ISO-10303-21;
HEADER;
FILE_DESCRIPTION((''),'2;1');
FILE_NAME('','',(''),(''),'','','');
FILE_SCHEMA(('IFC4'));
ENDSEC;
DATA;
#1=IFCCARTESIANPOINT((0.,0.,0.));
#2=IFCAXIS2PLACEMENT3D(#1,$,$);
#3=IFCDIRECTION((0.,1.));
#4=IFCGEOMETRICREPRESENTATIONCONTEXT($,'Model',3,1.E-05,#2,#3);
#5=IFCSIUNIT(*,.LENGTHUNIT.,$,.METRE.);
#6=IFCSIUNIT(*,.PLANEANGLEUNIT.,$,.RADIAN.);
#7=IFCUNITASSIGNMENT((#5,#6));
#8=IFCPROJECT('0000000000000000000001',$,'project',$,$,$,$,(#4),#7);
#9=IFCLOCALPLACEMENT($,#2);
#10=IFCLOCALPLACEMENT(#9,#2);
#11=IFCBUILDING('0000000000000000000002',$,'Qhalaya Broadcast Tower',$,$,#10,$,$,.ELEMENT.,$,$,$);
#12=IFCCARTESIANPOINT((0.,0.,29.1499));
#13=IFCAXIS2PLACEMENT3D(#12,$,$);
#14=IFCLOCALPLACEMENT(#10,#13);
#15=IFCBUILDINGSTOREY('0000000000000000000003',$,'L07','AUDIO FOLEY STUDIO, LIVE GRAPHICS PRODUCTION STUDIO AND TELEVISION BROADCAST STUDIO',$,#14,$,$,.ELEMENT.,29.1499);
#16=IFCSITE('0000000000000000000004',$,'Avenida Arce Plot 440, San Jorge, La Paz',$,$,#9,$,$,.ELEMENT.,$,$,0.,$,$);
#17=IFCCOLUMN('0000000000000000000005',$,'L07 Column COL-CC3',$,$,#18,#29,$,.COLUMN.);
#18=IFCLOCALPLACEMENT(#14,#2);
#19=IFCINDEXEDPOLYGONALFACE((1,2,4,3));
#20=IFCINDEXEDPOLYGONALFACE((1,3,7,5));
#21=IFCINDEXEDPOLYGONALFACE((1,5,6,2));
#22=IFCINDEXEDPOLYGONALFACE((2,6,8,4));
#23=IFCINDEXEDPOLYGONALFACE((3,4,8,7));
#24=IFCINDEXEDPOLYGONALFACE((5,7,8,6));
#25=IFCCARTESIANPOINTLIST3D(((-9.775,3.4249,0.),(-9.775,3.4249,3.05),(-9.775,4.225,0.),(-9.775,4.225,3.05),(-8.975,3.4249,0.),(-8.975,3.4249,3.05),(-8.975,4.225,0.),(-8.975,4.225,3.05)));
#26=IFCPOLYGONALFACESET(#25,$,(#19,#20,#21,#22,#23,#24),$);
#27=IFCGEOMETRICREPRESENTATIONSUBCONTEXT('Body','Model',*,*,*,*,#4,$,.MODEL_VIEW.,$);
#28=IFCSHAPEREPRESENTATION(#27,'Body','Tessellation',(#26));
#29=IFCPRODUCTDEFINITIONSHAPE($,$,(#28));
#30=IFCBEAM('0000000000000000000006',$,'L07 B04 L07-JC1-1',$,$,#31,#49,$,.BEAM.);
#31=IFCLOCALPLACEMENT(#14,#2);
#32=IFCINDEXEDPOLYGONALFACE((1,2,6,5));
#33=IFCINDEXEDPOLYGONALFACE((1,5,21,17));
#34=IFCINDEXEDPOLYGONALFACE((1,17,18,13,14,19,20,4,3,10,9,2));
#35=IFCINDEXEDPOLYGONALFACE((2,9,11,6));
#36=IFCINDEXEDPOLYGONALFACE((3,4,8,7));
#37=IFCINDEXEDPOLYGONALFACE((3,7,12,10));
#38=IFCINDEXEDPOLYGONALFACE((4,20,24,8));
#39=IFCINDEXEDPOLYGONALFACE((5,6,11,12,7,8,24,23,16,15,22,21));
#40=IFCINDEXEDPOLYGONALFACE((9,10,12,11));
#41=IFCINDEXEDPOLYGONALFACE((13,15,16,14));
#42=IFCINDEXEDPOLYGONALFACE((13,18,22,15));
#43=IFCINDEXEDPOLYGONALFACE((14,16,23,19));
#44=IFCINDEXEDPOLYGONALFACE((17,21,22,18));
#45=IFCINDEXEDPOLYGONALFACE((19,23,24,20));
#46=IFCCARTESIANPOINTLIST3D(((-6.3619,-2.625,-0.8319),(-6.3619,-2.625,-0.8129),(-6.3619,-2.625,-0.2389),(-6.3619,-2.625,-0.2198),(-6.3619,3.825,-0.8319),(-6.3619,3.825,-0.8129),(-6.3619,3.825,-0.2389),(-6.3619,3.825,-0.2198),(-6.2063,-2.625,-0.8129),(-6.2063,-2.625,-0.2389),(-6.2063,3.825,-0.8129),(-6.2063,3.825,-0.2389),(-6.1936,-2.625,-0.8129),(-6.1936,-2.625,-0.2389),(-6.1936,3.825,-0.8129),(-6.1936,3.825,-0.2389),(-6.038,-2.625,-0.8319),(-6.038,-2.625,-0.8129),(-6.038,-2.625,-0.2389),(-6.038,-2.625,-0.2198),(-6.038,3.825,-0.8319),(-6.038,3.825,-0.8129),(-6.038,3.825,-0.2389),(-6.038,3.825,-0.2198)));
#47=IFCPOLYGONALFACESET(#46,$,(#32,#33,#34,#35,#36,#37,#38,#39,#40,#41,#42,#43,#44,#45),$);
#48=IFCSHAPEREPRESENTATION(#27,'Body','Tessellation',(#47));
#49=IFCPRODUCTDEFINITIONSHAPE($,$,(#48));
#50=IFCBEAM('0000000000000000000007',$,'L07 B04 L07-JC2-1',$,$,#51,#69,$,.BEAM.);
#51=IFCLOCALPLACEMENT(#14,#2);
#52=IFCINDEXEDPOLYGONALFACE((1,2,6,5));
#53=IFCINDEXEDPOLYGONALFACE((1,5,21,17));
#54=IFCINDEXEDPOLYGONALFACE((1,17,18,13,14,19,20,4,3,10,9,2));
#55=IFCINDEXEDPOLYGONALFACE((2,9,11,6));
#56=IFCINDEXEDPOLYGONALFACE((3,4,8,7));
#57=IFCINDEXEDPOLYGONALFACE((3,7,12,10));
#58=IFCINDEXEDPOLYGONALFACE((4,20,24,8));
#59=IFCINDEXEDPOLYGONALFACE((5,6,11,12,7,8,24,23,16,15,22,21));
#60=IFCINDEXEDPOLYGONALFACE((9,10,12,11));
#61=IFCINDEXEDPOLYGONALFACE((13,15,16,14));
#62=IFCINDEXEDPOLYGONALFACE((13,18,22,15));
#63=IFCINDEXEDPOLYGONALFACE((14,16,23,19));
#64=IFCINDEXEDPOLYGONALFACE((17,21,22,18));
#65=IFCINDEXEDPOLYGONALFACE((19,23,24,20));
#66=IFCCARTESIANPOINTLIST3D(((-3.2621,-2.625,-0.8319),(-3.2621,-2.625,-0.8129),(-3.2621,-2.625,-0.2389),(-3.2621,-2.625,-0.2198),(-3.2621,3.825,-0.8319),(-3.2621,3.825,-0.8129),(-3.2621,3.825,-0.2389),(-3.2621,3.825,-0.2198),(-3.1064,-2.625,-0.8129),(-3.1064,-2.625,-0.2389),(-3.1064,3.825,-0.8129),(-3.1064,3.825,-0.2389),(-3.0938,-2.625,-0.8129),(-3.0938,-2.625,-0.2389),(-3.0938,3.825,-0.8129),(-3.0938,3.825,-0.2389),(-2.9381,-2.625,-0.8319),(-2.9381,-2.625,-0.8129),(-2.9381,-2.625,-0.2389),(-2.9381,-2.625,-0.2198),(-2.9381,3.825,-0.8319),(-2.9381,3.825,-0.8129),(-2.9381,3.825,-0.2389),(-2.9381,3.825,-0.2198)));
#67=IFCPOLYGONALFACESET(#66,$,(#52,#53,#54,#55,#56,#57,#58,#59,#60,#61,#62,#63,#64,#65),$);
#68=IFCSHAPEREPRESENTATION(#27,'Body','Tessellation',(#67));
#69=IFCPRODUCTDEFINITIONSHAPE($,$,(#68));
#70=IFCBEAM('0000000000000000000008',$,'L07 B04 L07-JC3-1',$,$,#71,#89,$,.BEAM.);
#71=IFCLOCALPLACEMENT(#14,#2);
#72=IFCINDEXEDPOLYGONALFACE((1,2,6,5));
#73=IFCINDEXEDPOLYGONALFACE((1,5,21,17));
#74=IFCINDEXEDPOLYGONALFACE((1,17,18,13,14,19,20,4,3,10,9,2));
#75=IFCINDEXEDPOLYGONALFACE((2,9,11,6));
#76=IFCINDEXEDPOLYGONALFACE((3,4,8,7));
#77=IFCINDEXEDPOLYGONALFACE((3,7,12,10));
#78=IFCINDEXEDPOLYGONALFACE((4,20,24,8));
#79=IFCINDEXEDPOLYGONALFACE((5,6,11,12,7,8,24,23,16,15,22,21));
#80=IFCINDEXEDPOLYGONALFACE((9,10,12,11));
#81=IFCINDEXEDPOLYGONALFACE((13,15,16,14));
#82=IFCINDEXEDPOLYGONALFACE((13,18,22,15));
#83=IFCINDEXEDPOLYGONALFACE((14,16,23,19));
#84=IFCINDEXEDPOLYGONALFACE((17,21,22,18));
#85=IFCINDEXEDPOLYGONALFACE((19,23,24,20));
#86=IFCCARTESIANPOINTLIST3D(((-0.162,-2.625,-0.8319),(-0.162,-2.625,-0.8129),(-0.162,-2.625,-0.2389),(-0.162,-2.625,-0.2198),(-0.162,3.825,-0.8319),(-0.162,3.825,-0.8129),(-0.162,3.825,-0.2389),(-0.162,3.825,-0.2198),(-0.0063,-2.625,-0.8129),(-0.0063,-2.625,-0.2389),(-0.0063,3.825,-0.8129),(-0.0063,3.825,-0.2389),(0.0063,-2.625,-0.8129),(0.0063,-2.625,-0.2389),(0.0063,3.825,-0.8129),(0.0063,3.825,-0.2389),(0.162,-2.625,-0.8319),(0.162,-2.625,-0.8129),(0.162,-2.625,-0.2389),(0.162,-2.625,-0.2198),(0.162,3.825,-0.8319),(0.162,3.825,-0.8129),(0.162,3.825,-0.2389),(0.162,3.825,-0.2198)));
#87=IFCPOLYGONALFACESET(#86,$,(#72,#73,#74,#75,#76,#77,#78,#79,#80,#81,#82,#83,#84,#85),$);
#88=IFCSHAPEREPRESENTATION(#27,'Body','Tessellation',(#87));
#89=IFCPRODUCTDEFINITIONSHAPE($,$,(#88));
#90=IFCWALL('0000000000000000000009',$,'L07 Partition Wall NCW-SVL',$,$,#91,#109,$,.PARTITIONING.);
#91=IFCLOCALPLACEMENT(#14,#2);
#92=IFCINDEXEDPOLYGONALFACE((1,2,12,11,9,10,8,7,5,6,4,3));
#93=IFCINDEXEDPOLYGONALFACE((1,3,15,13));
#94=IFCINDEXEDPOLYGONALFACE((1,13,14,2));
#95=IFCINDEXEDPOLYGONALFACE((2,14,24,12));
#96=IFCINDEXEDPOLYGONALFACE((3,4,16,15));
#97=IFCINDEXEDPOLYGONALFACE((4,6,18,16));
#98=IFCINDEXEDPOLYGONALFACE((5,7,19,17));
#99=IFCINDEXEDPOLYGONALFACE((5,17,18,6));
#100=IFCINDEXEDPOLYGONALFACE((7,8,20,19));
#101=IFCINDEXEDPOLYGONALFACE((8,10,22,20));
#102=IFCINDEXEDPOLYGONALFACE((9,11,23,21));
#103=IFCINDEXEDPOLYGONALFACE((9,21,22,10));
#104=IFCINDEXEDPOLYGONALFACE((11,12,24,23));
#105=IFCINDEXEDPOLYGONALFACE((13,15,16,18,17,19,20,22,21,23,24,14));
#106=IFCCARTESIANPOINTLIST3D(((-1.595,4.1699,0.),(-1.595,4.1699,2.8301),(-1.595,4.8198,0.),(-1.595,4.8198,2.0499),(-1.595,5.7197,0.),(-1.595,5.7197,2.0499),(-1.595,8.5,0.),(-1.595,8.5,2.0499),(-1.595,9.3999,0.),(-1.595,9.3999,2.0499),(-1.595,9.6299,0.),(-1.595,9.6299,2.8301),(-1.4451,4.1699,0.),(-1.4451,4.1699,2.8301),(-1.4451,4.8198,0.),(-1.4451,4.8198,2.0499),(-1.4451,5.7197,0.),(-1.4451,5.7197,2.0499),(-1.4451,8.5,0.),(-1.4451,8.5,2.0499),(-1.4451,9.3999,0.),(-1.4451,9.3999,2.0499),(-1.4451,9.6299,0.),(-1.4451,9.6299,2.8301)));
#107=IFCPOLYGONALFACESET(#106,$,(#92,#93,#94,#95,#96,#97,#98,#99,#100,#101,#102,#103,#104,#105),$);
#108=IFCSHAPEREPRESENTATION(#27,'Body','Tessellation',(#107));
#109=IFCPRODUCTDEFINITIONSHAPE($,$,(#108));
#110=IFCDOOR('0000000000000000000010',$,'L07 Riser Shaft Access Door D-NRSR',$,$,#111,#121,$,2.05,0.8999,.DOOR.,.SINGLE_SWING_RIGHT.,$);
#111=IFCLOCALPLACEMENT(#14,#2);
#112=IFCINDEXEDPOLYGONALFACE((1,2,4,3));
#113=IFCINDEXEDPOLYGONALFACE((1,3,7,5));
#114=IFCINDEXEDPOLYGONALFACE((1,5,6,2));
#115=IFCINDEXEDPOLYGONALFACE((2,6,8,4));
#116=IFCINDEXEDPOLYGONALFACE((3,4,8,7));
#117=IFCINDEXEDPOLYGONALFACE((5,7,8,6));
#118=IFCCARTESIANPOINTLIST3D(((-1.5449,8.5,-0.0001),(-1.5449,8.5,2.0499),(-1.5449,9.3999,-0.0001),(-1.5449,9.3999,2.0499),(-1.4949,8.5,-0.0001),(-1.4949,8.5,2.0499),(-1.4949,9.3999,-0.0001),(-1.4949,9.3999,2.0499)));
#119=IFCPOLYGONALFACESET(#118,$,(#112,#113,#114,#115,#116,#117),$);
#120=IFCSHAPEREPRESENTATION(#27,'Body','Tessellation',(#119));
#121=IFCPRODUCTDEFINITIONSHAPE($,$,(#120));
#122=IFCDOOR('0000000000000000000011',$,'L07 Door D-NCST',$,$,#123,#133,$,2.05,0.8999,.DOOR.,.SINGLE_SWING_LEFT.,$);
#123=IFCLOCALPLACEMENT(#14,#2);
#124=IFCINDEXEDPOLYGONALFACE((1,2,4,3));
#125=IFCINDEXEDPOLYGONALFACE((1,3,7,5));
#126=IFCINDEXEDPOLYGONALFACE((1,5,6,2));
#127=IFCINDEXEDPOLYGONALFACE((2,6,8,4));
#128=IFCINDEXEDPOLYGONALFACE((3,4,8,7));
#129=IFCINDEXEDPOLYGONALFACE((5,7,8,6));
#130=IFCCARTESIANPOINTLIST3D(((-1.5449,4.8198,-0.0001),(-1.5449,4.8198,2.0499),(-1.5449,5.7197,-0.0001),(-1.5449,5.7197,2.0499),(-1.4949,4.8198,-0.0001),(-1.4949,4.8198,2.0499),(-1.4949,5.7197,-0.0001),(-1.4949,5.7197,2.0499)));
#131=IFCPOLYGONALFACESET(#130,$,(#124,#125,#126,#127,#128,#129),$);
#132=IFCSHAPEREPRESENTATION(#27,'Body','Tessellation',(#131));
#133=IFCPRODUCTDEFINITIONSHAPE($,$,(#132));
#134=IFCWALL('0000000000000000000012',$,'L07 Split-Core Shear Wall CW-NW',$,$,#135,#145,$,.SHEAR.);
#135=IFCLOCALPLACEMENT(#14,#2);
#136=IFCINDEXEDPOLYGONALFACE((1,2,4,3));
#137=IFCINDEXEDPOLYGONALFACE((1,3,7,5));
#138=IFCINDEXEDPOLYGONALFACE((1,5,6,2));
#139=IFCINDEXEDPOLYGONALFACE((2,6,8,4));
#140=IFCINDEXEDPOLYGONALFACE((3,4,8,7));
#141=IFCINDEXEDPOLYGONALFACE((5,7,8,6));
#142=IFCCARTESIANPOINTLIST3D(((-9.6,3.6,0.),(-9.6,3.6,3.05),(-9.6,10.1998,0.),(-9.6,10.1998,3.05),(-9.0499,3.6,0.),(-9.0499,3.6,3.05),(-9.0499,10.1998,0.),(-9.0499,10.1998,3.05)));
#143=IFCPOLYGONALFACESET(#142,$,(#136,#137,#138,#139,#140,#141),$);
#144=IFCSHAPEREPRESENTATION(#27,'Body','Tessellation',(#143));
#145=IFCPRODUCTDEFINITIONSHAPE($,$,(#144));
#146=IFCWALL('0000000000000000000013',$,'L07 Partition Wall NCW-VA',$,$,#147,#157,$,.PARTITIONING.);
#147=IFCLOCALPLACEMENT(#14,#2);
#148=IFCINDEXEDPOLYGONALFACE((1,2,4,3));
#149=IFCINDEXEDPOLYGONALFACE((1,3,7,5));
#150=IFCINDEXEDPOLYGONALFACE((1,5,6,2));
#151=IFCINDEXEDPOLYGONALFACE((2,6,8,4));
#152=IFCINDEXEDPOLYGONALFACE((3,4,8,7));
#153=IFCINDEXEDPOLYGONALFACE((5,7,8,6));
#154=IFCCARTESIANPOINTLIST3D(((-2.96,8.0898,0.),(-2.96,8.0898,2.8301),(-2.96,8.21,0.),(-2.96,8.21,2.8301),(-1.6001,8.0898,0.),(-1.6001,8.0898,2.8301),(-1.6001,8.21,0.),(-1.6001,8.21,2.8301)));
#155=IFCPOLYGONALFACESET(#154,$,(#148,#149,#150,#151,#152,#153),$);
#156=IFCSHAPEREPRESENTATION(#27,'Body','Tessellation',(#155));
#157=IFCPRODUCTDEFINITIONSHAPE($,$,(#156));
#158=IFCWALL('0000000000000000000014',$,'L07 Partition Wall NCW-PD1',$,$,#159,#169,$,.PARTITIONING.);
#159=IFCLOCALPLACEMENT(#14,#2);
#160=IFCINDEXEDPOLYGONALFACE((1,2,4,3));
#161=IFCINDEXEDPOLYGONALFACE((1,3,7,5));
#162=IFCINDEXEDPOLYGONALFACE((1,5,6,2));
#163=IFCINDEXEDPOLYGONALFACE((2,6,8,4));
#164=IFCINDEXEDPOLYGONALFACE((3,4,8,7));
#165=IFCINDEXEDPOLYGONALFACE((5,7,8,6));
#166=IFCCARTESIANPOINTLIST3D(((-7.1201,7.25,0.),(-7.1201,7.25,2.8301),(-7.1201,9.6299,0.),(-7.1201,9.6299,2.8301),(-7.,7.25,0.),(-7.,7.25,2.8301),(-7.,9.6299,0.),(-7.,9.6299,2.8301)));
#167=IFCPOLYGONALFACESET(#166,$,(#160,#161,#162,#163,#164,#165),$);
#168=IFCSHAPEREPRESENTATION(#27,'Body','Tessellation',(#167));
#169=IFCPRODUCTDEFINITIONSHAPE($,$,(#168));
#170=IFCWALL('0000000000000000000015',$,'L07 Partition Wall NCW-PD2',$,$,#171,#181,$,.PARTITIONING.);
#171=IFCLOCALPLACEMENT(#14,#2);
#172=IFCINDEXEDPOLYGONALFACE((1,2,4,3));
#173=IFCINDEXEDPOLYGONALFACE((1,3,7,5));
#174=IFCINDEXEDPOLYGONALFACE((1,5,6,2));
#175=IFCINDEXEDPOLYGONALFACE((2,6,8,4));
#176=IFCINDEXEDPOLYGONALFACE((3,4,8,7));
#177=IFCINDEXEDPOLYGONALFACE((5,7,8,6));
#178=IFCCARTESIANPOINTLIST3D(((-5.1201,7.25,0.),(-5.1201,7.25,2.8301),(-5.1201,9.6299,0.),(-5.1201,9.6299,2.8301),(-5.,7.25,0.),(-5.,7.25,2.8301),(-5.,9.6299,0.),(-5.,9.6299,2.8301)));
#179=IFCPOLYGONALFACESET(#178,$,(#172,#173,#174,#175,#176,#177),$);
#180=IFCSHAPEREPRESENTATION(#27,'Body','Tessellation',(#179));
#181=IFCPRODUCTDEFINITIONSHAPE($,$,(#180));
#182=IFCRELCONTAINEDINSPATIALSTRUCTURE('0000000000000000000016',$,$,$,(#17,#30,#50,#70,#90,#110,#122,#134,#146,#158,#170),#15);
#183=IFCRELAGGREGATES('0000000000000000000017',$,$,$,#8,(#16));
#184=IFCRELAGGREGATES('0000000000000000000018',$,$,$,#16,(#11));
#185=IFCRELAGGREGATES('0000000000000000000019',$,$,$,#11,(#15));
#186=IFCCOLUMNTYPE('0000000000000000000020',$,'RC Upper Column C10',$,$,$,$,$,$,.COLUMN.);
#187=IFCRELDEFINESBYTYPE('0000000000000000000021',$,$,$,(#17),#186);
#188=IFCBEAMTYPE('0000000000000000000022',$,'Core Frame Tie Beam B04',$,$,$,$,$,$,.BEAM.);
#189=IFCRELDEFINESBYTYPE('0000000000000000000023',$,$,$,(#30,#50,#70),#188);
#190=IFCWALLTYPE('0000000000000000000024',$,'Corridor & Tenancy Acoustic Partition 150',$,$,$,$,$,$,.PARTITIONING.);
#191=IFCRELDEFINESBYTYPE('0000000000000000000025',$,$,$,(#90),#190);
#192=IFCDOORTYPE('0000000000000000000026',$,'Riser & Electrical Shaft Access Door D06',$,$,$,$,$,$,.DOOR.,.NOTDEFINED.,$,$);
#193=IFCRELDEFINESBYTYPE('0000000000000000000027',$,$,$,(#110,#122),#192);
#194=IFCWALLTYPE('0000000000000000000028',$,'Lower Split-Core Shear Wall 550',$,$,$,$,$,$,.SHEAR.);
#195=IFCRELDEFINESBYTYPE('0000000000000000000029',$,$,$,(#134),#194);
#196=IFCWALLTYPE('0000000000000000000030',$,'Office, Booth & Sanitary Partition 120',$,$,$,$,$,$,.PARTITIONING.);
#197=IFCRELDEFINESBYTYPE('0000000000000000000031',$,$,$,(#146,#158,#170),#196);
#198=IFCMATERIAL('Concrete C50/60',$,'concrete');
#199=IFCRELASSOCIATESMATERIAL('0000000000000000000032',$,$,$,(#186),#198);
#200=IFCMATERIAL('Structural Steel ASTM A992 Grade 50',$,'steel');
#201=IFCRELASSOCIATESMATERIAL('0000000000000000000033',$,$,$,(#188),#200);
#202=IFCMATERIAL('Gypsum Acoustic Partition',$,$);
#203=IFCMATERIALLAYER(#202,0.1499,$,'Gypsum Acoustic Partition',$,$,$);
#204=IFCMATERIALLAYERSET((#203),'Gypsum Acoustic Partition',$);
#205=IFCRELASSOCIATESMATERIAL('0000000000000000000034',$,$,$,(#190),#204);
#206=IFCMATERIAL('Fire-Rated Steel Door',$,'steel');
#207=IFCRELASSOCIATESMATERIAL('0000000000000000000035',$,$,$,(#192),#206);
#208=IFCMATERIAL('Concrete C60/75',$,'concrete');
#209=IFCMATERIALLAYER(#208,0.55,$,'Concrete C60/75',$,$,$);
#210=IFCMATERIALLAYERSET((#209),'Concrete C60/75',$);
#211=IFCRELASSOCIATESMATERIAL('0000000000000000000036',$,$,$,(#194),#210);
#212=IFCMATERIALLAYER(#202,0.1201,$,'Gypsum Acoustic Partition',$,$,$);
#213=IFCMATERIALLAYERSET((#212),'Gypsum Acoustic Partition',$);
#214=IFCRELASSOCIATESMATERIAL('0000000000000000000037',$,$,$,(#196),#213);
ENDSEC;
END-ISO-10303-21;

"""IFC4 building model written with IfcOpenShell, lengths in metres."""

from ifc_helpers import new_model, si_unit, direction, frame, frame_2d, origin, origin_2d, place, context, subcontext, project, spatial, rectangle, i_section, extrude, material, layer, layer_set, material_profile, profile_set, type_object, element, fill, save


model = new_model("IFC4")

# Units and contexts
model_context = context("Model", 3, precision=1e-05, world=origin(), true_north=direction((0.0, 1.0)))
body_context = subcontext(model_context, "Body", "Model", "MODEL_VIEW")
ifc_project = project(units=[si_unit("LENGTHUNIT", "METRE"), si_unit("PLANEANGLEUNIT", "RADIAN")], contexts=[model_context])

# Site, building, storey
site_placement = place(None, origin())
site = spatial("IfcSite", under=ifc_project, at=site_placement, Name="Avenida Arce Plot 440, San Jorge, La Paz", CompositionType="ELEMENT", RefElevation=0.0)
building_placement = place(site_placement, origin())
building = spatial("IfcBuilding", under=site, at=building_placement, Name="Qhalaya Broadcast Tower", CompositionType="ELEMENT")
storey_placement = place(building_placement, frame((0.0, 0.0, 29.1499)))
storey = spatial("IfcBuildingStorey", under=building, at=storey_placement, Name="L07", Description="AUDIO FOLEY STUDIO, LIVE GRAPHICS PRODUCTION STUDIO AND TELEVISION BROADCAST STUDIO", CompositionType="ELEMENT", Elevation=29.1499)

# Column
ifc_material_1 = material(Name="Concrete C50/60", Category="concrete")
ifc_material_profile_1 = material_profile(ifc_material_1, rectangle(XDim=0.8, YDim=0.8, at=origin_2d()), Name="RC-COL 800x800")
ifc_profile_set_1 = profile_set([ifc_material_profile_1], Name="Concrete C50/60")
column_type = type_object("IfcColumnType", Name="RC Upper Column C10", PredefinedType="COLUMN", material=ifc_profile_set_1)
column_placement = place(storey_placement, frame((-9.375, 3.825, 0.0), z_axis=(0.0, 0.0, 1.0), x_axis=(1.0, 0.0, 0.0)))
element("IfcColumn", 1, at=column_placement, inside=storey, type_object=column_type, Name="L07 Column COL-CC3", PredefinedType="COLUMN", context=body_context, shape_type="SweptSolid", body=[
    extrude(rectangle(XDim=0.8, YDim=0.8, at=origin_2d()), origin(), (0.0, 0.0, 1.0), 3.05),
])

# Beams
ifc_material_2 = material(Name="Structural Steel ASTM A992 Grade 50", Category="steel")
ifc_material_profile_2 = material_profile(ifc_material_2, i_section(OverallWidth=0.324, OverallDepth=0.6121, WebThickness=0.0127, FlangeThickness=0.019, at=origin_2d()), Name="W24X104")
ifc_profile_set_2 = profile_set([ifc_material_profile_2], Name="Structural Steel ASTM A992 Grade 50")
beam_type = type_object("IfcBeamType", Name="Core Frame Tie Beam B04", PredefinedType="BEAM", material=ifc_profile_set_2)
for number, where, z_axis, x_axis, name in (
    (2, (-6.2, -2.625, -0.5259), (0.0, 1.0, 0.0), (-1.0, 0.0, 0.0), "L07 B04 L07-JC1-1"),
    (3, (-3.1001, -2.625, -0.5259), (0.0, 1.0, 0.0), (-1.0, 0.0, 0.0), "L07 B04 L07-JC2-1"),
    (4, (0.0, -2.625, -0.5259), (0.0, 1.0, 0.0), (-1.0, 0.0, 0.0), "L07 B04 L07-JC3-1"),
):
    element("IfcBeam", number, at=place(storey_placement, frame(where, z_axis=z_axis, x_axis=x_axis)), inside=storey, type_object=beam_type, Name=name, PredefinedType="BEAM", context=body_context, shape_type="SweptSolid", body=[
        extrude(i_section(OverallWidth=0.324, OverallDepth=0.6121, WebThickness=0.0127, FlangeThickness=0.019, at=origin_2d()), origin(), (0.0, 0.0, 1.0), 6.45),
    ])

# Wall, openings, doors
ifc_material_3 = material(Name="Gypsum Acoustic Partition")
ifc_layer_1 = layer(ifc_material_3, 0.1499, Name="Gypsum Acoustic Partition")
ifc_layer_set_1 = layer_set([ifc_layer_1], Name="Gypsum Acoustic Partition")
wall_type_1 = type_object("IfcWallType", Name="Corridor & Tenancy Acoustic Partition 150", PredefinedType="PARTITIONING", material=ifc_layer_set_1)
wall_1_placement = place(storey_placement, frame((-1.52, 4.1699, 0.0), z_axis=(0.0, 0.0, 1.0), x_axis=(0.0, 1.0, 0.0)))
wall_1 = element("IfcWall", 5, at=wall_1_placement, inside=storey, type_object=wall_type_1, Name="L07 Partition Wall NCW-SVL", PredefinedType="PARTITIONING", context=body_context, shape_type="SweptSolid", body=[
    extrude(rectangle(XDim=5.46, YDim=0.1499, at=frame_2d((2.73, 0.0))), origin(), (0.0, 0.0, 1.0), 2.8301),
])
opening_1_placement = place(wall_1_placement, frame((4.3301, 0.0, 0.0)))
opening_1 = element("IfcOpeningElement", 6, at=opening_1_placement, cuts=wall_1, PredefinedType="OPENING", context=body_context, shape_type="SweptSolid", body=[
    extrude(rectangle(XDim=0.8999, YDim=2.05, at=frame_2d((0.45, 1.0249))), frame((0.0, 0.0869, 0.0), z_axis=(0.0, -1.0, 0.0), x_axis=(1.0, 0.0, 0.0)), (0.0, 0.0, 1.0), 0.1738),
])
opening_2_placement = place(wall_1_placement, frame((0.6499, 0.0, 0.0)))
opening_2 = element("IfcOpeningElement", 7, at=opening_2_placement, cuts=wall_1, PredefinedType="OPENING", context=body_context, shape_type="SweptSolid", body=[
    extrude(rectangle(XDim=0.8999, YDim=2.05, at=frame_2d((0.45, 1.0249))), frame((0.0, 0.0869, 0.0), z_axis=(0.0, -1.0, 0.0), x_axis=(1.0, 0.0, 0.0)), (0.0, 0.0, 1.0), 0.1738),
])
ifc_material_4 = material(Name="Fire-Rated Steel Door", Category="steel")
door_type_1 = type_object("IfcDoorType", Name="Riser & Electrical Shaft Access Door D06", OperationType="NOTDEFINED", PredefinedType="DOOR", material=ifc_material_4)
door_1_placement = place(opening_1_placement, origin())
door_1 = element("IfcDoor", 8, at=door_1_placement, inside=storey, type_object=door_type_1, Name="L07 Riser Shaft Access Door D-NRSR", OperationType="SINGLE_SWING_RIGHT", OverallHeight=2.05, OverallWidth=0.8999, PredefinedType="DOOR", context=body_context, shape_type="SweptSolid", body=[
    extrude(rectangle(XDim=0.8999, YDim=2.05, at=frame_2d((0.45, 1.0249))), frame((0.0, 0.0249, 0.0), z_axis=(0.0, -1.0, 0.0), x_axis=(1.0, 0.0, 0.0)), (0.0, 0.0, 1.0), 0.05),
])
fill(opening_1, door_1)
door_2_placement = place(opening_2_placement, origin())
door_2 = element("IfcDoor", 9, at=door_2_placement, inside=storey, type_object=door_type_1, Name="L07 Door D-NCST", OperationType="SINGLE_SWING_LEFT", OverallHeight=2.05, OverallWidth=0.8999, PredefinedType="DOOR", context=body_context, shape_type="SweptSolid", body=[
    extrude(rectangle(XDim=0.8999, YDim=2.05, at=frame_2d((0.45, 1.0249))), frame((0.0, 0.0249, 0.0), z_axis=(0.0, -1.0, 0.0), x_axis=(1.0, 0.0, 0.0)), (0.0, 0.0, 1.0), 0.05),
])
fill(opening_2, door_2)

# Walls
ifc_material_5 = material(Name="Concrete C60/75", Category="concrete")
ifc_layer_2 = layer(ifc_material_5, 0.55, Name="Concrete C60/75")
ifc_layer_set_2 = layer_set([ifc_layer_2], Name="Concrete C60/75")
wall_type_2 = type_object("IfcWallType", Name="Lower Split-Core Shear Wall 550", PredefinedType="SHEAR", material=ifc_layer_set_2)
wall_2_placement = place(storey_placement, frame((-9.325, 3.6001, 0.0), z_axis=(0.0, 0.0, 1.0), x_axis=(0.0, 1.0, 0.0)))
element("IfcWall", 10, at=wall_2_placement, inside=storey, type_object=wall_type_2, Name="L07 Split-Core Shear Wall CW-NW", PredefinedType="SHEAR", context=body_context, shape_type="SweptSolid", body=[
    extrude(rectangle(XDim=6.5999, YDim=0.55, at=frame_2d((3.2998, 0.0))), origin(), (0.0, 0.0, 1.0), 3.05),
])
ifc_layer_3 = layer(ifc_material_3, 0.1201, Name="Gypsum Acoustic Partition")
ifc_layer_set_3 = layer_set([ifc_layer_3], Name="Gypsum Acoustic Partition")
wall_type_3 = type_object("IfcWallType", Name="Office, Booth & Sanitary Partition 120", PredefinedType="PARTITIONING", material=ifc_layer_set_3)
wall_3_placement = place(storey_placement, frame((-2.96, 8.1499, 0.0), z_axis=(0.0, 0.0, 1.0), x_axis=(1.0, 0.0, 0.0)))
element("IfcWall", 11, at=wall_3_placement, inside=storey, type_object=wall_type_3, Name="L07 Partition Wall NCW-VA", PredefinedType="PARTITIONING", context=body_context, shape_type="SweptSolid", body=[
    extrude(rectangle(XDim=1.3599, YDim=0.1201, at=frame_2d((0.6799, 0.0))), origin(), (0.0, 0.0, 1.0), 2.8301),
])
for number, where, z_axis, x_axis, name in (
    (12, (-7.0601, 7.25, 0.0), (0.0, 0.0, 1.0), (0.0, 1.0, 0.0), "L07 Partition Wall NCW-PD1"),
    (13, (-5.0601, 7.25, 0.0), (0.0, 0.0, 1.0), (0.0, 1.0, 0.0), "L07 Partition Wall NCW-PD2"),
):
    element("IfcWall", number, at=place(storey_placement, frame(where, z_axis=z_axis, x_axis=x_axis)), inside=storey, type_object=wall_type_3, Name=name, PredefinedType="PARTITIONING", context=body_context, shape_type="SweptSolid", body=[
        extrude(rectangle(XDim=2.3799, YDim=0.1201, at=frame_2d((1.1899, 0.0))), origin(), (0.0, 0.0, 1.0), 2.8301),
    ])

save(model, "model.ifc")
